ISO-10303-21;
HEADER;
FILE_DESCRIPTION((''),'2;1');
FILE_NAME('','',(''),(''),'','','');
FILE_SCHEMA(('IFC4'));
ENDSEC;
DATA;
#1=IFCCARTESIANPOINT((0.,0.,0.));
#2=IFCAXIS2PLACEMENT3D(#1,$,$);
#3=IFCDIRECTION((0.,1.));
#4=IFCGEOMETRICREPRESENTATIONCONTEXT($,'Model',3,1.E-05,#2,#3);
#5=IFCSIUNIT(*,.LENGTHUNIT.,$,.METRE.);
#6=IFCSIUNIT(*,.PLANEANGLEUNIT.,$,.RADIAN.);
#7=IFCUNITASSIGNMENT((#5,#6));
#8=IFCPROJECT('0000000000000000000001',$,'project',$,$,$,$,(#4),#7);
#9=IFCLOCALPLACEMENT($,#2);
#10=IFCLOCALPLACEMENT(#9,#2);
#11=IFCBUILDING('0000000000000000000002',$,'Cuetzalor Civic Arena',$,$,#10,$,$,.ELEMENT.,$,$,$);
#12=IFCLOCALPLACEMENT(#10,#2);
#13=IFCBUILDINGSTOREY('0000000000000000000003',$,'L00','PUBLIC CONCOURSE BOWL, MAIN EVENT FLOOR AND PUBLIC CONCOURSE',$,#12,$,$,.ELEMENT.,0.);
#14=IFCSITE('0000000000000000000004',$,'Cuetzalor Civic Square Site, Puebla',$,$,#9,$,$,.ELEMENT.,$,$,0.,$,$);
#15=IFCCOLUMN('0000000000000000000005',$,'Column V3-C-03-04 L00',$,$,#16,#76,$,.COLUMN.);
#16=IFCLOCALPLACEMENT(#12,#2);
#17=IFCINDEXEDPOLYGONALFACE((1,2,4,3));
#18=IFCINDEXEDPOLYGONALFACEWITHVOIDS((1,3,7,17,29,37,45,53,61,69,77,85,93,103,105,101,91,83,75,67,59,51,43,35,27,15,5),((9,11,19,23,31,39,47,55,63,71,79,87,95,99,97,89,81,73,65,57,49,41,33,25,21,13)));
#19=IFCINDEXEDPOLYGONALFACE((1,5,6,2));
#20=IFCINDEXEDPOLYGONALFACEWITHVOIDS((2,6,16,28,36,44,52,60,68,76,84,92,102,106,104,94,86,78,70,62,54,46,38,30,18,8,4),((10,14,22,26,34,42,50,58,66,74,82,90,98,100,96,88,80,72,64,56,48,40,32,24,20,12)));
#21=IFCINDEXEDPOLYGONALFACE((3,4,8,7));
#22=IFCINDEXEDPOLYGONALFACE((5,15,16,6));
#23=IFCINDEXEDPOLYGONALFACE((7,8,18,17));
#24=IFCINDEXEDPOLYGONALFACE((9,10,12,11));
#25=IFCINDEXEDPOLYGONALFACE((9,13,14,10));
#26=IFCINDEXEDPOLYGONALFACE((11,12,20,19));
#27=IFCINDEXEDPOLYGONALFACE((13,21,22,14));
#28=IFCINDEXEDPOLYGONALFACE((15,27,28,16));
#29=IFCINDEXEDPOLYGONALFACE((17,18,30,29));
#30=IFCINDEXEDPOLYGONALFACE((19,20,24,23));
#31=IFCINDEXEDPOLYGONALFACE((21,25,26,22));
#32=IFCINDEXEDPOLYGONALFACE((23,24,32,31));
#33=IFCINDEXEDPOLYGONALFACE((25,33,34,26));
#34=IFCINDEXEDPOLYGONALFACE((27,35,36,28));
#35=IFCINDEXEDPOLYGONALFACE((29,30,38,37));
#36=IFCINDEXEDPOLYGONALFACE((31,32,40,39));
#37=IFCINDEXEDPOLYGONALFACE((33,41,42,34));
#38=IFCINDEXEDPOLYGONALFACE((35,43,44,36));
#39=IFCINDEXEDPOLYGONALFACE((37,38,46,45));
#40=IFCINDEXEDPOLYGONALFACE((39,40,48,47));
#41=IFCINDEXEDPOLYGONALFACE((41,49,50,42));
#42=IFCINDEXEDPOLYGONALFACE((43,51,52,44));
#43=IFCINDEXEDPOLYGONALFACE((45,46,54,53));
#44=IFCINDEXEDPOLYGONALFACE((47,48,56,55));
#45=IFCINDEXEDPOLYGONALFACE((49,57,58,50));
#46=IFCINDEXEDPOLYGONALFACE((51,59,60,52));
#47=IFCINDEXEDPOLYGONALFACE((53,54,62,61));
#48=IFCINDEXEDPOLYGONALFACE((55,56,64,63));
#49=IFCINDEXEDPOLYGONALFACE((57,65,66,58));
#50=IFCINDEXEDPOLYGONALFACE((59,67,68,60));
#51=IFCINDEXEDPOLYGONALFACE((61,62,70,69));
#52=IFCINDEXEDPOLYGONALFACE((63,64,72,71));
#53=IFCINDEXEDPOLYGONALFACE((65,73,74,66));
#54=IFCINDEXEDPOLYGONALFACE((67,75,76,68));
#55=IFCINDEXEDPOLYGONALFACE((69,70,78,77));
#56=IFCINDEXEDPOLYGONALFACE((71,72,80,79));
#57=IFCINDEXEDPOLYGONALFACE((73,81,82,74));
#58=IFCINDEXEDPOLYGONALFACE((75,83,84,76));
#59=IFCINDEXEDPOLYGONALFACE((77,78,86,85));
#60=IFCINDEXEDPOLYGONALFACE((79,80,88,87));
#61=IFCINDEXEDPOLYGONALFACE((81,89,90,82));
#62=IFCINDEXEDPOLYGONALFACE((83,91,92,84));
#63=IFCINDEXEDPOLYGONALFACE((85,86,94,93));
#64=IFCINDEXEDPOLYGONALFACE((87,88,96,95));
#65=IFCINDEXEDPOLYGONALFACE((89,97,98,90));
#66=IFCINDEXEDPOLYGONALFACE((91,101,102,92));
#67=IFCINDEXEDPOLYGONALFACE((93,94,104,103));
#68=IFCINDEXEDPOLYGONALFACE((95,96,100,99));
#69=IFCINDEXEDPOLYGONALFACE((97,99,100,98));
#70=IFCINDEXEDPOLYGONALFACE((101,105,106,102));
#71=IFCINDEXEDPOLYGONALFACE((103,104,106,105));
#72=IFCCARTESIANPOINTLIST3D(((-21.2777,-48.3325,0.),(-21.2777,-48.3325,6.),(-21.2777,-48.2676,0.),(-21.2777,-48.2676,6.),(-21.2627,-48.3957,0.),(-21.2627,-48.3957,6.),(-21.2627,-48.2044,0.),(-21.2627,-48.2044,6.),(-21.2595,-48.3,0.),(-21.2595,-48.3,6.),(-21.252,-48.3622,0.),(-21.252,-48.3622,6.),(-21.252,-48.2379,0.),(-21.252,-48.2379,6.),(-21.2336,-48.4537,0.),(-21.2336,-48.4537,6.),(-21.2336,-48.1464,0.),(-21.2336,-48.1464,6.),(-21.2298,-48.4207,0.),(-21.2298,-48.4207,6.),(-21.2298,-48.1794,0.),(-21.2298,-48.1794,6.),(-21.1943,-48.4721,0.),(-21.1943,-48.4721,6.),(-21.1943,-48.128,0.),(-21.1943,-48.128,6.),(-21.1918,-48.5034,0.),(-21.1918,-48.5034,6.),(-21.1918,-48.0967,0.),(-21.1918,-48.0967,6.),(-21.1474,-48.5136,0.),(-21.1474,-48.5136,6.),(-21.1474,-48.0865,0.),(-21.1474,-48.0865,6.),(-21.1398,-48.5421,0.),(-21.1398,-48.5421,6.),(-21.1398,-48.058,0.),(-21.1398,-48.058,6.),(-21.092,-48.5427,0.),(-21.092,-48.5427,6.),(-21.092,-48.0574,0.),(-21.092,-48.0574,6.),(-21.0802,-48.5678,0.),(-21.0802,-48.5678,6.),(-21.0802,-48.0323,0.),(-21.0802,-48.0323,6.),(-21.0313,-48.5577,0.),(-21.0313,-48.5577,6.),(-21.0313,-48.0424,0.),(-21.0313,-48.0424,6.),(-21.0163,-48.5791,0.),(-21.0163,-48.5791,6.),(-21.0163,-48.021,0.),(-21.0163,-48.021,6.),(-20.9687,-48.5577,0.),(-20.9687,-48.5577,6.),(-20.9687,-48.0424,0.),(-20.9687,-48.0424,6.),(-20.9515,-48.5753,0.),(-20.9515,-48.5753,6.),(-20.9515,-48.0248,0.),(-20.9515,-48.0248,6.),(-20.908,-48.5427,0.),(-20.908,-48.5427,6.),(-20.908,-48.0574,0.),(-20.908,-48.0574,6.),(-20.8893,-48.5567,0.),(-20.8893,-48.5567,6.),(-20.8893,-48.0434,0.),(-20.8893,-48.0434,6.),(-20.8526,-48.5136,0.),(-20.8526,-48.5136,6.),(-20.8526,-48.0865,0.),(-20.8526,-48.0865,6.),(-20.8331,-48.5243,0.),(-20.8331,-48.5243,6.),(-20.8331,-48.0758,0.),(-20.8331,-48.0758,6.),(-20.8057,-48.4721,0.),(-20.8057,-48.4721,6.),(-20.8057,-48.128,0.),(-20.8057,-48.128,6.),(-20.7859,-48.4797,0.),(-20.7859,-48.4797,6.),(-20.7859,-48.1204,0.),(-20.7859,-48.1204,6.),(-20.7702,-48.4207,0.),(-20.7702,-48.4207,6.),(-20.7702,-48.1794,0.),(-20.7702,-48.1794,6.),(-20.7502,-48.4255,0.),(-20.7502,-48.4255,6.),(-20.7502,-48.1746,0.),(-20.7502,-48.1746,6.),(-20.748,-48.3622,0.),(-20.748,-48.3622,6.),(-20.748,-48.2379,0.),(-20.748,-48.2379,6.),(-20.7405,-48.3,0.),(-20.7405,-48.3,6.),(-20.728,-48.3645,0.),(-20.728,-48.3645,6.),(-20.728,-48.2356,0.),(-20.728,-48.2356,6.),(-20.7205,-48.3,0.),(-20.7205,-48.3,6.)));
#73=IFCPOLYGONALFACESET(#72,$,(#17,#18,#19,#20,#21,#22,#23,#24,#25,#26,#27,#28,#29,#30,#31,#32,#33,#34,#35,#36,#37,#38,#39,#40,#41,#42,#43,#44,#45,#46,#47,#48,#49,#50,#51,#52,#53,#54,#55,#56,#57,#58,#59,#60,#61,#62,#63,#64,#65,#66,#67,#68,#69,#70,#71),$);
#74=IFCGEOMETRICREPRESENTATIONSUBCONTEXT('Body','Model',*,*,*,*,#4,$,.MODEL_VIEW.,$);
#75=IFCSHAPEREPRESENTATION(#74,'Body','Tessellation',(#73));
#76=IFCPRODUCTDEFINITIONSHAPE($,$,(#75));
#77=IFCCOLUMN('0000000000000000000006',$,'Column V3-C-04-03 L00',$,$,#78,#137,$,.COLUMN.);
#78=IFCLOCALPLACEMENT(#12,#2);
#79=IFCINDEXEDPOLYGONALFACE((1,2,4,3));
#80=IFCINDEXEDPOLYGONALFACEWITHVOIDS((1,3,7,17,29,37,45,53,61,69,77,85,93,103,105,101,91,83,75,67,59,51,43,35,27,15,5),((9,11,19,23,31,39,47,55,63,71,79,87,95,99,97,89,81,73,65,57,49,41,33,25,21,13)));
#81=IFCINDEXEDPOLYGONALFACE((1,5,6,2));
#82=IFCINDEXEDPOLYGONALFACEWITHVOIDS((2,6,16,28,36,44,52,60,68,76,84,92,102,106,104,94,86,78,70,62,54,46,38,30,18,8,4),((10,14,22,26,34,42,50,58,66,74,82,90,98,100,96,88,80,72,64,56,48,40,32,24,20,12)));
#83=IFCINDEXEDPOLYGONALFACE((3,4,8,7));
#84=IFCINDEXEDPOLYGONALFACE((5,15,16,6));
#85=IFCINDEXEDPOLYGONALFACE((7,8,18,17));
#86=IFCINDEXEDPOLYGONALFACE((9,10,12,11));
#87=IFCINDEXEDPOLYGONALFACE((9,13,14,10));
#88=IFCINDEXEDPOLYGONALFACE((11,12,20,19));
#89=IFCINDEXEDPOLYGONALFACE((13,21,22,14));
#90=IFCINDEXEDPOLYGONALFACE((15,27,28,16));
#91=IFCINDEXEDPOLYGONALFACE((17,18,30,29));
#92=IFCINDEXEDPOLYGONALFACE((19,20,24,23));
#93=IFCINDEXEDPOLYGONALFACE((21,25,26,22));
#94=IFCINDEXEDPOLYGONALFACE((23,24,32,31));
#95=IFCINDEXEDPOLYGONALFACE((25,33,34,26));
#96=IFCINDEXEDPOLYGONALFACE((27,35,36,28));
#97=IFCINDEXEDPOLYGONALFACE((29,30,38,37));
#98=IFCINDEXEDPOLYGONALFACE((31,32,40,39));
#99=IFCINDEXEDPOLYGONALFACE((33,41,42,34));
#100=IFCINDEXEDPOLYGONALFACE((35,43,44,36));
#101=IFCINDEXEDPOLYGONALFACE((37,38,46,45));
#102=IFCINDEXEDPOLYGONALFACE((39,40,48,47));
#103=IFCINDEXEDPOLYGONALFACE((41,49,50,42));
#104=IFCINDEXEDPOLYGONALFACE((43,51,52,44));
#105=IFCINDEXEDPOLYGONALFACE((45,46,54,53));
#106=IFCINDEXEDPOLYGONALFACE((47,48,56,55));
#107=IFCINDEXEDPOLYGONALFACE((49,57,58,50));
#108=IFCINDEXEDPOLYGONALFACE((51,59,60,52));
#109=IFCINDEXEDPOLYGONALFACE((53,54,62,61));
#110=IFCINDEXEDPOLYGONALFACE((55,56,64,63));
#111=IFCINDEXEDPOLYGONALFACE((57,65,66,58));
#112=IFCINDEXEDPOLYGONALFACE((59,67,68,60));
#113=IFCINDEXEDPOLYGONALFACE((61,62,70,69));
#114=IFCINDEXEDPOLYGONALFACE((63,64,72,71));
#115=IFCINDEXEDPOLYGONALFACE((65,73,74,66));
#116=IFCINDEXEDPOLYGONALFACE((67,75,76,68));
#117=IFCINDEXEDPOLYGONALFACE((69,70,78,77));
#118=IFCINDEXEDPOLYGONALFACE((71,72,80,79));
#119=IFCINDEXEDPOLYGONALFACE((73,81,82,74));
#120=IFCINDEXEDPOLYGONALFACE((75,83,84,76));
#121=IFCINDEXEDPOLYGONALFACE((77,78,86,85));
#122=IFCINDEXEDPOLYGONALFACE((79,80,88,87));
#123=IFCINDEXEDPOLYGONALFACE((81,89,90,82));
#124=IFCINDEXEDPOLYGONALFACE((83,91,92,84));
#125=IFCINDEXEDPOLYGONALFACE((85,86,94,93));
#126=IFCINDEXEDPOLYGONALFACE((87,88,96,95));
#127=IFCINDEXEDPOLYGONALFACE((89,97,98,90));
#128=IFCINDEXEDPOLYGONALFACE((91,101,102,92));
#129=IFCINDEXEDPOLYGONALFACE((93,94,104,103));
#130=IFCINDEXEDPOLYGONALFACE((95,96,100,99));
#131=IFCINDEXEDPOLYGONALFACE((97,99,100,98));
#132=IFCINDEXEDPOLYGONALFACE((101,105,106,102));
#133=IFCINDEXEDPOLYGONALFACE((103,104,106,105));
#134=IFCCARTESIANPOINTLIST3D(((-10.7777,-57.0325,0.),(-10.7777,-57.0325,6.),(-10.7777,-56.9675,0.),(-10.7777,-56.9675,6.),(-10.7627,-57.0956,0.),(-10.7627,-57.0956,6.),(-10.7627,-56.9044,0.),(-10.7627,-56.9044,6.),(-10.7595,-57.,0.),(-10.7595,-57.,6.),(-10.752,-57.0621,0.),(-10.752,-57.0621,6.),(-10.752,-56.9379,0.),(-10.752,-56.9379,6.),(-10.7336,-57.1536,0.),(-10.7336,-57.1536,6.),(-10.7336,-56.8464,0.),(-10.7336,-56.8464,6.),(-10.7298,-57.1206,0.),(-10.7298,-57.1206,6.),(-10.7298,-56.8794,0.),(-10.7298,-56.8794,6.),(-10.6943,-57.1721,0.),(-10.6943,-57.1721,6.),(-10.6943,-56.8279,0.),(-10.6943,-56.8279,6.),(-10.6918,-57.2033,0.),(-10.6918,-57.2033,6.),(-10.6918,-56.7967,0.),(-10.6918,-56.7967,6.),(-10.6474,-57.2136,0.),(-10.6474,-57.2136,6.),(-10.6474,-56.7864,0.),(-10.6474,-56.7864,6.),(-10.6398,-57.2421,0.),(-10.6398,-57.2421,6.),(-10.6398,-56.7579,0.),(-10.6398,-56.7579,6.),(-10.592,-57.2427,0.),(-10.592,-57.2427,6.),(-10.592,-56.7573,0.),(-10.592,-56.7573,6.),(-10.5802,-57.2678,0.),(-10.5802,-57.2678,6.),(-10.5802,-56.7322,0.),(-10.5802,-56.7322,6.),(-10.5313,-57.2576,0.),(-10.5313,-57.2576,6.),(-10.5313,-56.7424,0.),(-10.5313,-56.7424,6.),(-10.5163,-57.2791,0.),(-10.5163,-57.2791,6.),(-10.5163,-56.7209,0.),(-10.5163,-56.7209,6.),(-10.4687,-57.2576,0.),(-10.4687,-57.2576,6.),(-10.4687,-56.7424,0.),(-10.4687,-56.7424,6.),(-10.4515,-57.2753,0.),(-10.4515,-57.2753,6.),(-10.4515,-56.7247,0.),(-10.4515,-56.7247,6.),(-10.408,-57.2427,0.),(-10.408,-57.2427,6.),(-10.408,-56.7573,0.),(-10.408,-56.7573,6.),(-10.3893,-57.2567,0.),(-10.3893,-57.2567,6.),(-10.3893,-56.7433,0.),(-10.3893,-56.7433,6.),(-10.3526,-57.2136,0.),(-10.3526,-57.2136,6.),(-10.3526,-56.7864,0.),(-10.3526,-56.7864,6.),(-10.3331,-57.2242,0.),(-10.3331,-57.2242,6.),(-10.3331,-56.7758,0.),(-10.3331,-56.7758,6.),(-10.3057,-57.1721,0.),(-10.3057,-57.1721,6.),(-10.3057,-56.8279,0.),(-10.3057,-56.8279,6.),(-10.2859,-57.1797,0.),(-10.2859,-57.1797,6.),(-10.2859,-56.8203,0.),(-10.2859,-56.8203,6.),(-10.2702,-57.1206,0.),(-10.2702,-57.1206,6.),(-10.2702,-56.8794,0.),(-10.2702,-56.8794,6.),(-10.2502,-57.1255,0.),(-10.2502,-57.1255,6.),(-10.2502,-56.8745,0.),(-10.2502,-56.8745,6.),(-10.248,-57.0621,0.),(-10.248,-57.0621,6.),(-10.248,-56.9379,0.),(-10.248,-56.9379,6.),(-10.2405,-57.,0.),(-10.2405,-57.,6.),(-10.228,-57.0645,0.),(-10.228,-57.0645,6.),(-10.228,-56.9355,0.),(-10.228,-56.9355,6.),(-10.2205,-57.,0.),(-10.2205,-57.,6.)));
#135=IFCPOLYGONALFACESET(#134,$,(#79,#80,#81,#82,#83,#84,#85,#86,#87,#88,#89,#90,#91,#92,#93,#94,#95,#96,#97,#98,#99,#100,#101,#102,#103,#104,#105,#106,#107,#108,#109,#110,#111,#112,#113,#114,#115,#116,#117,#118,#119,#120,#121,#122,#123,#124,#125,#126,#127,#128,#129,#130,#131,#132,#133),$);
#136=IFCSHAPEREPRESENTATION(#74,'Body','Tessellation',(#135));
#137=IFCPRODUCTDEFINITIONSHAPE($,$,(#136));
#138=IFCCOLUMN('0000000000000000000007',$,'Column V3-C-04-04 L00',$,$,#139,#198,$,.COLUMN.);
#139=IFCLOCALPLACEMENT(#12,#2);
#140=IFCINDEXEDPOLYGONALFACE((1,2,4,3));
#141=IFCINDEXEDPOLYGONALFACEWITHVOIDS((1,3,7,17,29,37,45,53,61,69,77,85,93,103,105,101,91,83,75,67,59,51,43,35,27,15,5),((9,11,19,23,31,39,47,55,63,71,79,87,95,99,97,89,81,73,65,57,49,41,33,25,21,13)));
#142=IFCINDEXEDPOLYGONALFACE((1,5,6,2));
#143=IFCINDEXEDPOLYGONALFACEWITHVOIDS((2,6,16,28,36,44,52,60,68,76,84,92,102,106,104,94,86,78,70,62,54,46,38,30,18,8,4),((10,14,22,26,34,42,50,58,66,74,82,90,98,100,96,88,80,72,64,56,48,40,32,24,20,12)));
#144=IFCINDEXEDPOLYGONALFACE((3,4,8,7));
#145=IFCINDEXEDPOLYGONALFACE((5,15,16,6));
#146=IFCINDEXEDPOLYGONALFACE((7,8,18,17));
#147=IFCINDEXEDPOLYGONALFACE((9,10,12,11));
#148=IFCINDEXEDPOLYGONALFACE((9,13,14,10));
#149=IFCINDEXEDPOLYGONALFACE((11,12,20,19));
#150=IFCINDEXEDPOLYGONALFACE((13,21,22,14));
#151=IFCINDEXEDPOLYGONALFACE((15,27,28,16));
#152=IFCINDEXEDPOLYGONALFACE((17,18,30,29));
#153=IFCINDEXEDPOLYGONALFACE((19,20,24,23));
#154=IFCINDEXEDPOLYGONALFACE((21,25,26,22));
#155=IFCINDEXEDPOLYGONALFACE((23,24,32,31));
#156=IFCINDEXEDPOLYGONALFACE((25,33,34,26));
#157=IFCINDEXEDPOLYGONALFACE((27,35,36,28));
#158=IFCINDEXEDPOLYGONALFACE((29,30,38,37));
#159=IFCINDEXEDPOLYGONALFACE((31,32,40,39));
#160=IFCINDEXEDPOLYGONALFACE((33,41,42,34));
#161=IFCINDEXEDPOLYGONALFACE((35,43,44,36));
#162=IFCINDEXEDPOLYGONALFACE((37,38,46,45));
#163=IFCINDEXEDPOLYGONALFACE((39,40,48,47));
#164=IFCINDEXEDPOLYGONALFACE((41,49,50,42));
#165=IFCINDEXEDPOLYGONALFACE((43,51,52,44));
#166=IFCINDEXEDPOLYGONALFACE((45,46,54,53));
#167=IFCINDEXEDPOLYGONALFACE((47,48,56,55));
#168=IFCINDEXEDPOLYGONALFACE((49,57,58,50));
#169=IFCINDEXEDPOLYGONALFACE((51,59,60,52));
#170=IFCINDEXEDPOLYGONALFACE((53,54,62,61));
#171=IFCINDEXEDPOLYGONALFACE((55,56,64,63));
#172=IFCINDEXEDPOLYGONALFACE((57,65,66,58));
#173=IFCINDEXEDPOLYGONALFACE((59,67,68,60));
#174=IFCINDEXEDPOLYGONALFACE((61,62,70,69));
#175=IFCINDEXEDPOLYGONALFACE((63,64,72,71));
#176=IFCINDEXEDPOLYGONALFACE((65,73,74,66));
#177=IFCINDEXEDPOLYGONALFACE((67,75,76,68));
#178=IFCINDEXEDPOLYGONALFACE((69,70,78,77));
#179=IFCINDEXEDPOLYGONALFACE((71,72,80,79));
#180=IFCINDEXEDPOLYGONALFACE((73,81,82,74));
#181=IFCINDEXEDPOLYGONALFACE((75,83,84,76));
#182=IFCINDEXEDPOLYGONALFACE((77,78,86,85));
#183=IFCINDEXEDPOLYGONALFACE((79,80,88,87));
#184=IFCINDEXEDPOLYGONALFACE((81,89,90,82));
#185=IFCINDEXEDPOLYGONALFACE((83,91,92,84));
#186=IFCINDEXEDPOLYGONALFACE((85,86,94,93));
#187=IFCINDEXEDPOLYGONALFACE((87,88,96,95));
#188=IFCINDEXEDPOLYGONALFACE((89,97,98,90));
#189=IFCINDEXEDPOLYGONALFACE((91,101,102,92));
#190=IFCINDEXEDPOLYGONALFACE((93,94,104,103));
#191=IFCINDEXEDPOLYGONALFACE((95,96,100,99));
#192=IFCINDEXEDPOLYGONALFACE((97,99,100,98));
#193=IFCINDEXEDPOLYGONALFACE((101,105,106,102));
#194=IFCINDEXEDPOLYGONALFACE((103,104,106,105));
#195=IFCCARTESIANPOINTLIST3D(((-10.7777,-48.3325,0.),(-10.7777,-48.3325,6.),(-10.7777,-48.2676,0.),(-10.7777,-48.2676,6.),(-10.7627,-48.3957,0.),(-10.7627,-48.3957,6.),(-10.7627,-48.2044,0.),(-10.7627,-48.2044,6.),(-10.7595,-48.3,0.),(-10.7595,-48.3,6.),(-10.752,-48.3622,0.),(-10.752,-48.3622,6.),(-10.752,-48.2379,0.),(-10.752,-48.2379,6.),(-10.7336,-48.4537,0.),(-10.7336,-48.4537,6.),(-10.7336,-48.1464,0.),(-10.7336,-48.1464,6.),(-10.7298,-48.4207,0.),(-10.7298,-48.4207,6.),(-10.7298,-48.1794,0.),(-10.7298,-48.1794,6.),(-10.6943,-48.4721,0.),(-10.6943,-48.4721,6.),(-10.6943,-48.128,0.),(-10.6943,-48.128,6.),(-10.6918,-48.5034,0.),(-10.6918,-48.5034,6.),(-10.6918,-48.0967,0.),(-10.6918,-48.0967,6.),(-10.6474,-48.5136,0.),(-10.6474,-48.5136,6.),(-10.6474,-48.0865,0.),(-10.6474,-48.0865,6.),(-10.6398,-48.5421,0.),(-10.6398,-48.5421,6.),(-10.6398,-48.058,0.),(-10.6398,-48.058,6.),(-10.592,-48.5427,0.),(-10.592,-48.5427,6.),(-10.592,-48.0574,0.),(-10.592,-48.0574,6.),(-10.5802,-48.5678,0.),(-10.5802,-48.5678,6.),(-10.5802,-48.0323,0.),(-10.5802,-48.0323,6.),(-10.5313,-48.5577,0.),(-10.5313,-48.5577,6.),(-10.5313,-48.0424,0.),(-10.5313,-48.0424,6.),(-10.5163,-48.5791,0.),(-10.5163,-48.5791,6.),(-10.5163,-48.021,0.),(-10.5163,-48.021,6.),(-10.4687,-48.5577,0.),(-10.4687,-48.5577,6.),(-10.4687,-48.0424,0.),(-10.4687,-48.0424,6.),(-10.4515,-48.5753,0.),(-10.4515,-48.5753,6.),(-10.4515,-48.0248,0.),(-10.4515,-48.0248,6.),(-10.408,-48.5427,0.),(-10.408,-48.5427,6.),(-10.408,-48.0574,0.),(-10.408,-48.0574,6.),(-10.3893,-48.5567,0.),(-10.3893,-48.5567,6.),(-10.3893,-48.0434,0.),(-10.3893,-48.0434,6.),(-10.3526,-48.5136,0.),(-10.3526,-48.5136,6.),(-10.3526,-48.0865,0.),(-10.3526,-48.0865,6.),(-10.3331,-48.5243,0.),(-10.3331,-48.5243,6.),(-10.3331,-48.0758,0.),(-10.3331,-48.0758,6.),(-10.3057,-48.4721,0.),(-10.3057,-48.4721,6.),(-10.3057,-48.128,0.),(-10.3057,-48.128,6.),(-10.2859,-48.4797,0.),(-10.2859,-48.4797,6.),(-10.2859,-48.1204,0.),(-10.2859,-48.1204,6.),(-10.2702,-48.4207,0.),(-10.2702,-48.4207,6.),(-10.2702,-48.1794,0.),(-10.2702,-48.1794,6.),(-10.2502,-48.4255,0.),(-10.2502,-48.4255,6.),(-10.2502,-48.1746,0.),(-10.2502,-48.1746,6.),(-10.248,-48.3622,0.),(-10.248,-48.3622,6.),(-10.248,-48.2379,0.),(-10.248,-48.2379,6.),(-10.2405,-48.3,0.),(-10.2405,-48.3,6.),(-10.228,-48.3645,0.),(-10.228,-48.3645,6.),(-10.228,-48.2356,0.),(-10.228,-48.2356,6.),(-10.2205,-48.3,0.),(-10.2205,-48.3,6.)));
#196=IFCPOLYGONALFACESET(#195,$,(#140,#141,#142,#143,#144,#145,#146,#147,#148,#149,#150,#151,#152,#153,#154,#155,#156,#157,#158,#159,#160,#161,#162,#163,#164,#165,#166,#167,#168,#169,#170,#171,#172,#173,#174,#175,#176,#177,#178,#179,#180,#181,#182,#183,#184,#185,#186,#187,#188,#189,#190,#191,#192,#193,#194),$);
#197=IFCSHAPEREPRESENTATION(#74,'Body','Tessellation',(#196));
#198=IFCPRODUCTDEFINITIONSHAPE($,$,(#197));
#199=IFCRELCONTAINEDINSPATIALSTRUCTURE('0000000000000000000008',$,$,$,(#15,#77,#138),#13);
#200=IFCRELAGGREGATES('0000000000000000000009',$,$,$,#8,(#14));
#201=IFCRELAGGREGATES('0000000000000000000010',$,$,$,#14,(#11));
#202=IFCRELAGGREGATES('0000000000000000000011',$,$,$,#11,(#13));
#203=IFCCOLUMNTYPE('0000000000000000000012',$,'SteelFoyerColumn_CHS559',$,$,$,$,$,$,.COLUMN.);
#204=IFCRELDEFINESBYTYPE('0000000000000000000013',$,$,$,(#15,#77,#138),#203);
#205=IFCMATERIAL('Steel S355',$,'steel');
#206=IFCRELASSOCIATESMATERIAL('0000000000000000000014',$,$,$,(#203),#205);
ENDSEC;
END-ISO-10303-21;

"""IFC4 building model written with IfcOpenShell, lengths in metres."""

from ifc_helpers import new_model, si_unit, direction, frame, origin, origin_2d, place, context, subcontext, project, spatial, hollow_circle, extrude, material, material_profile, profile_set, type_object, element, save


model = new_model("IFC4")

# Units and contexts
model_context = context("Model", 3, precision=1e-05, world=origin(), true_north=direction((0.0, 1.0)))
body_context = subcontext(model_context, "Body", "Model", "MODEL_VIEW")
ifc_project = project(units=[si_unit("LENGTHUNIT", "METRE"), si_unit("PLANEANGLEUNIT", "RADIAN")], contexts=[model_context])

# Site, building, storey
site_placement = place(None, origin())
site = spatial("IfcSite", under=ifc_project, at=site_placement, Name="Cuetzalor Civic Square Site, Puebla", CompositionType="ELEMENT", RefElevation=0.0)
building_placement = place(site_placement, origin())
building = spatial("IfcBuilding", under=site, at=building_placement, Name="Cuetzalor Civic Arena", CompositionType="ELEMENT")
storey_placement = place(building_placement, origin())
storey = spatial("IfcBuildingStorey", under=building, at=storey_placement, Name="L00", Description="PUBLIC CONCOURSE BOWL, MAIN EVENT FLOOR AND PUBLIC CONCOURSE", CompositionType="ELEMENT", Elevation=0.0)

# Columns
ifc_material_1 = material(Name="Steel S355", Category="steel")
ifc_material_profile_1 = material_profile(ifc_material_1, hollow_circle(Radius=0.2795, WallThickness=0.02, at=origin_2d()), Name="CHS 559x20")
ifc_profile_set_1 = profile_set([ifc_material_profile_1], Name="Steel S355")
column_type_1 = type_object("IfcColumnType", Name="SteelFoyerColumn_CHS559", PredefinedType="COLUMN", material=ifc_profile_set_1)
for number, where, z_axis, x_axis, name in (
    (1, (-21.0, -48.3, 0.0), (0.0, 0.0, 1.0), (1.0, 0.0, 0.0), "Column V3-C-03-04 L00"),
    (2, (-10.5, -57.0, 0.0), (0.0, 0.0, 1.0), (1.0, 0.0, 0.0), "Column V3-C-04-03 L00"),
    (3, (-10.5, -48.3, 0.0), (0.0, 0.0, 1.0), (1.0, 0.0, 0.0), "Column V3-C-04-04 L00"),
):
    element("IfcColumn", number, at=place(storey_placement, frame(where, z_axis=z_axis, x_axis=x_axis)), inside=storey, type_object=column_type_1, Name=name, PredefinedType="COLUMN", context=body_context, shape_type="SweptSolid", body=[
        extrude(hollow_circle(Radius=0.2795, WallThickness=0.02, at=origin_2d()), origin(), (0.0, 0.0, 1.0), 6.0),
    ])

save(model, "model.ifc")
